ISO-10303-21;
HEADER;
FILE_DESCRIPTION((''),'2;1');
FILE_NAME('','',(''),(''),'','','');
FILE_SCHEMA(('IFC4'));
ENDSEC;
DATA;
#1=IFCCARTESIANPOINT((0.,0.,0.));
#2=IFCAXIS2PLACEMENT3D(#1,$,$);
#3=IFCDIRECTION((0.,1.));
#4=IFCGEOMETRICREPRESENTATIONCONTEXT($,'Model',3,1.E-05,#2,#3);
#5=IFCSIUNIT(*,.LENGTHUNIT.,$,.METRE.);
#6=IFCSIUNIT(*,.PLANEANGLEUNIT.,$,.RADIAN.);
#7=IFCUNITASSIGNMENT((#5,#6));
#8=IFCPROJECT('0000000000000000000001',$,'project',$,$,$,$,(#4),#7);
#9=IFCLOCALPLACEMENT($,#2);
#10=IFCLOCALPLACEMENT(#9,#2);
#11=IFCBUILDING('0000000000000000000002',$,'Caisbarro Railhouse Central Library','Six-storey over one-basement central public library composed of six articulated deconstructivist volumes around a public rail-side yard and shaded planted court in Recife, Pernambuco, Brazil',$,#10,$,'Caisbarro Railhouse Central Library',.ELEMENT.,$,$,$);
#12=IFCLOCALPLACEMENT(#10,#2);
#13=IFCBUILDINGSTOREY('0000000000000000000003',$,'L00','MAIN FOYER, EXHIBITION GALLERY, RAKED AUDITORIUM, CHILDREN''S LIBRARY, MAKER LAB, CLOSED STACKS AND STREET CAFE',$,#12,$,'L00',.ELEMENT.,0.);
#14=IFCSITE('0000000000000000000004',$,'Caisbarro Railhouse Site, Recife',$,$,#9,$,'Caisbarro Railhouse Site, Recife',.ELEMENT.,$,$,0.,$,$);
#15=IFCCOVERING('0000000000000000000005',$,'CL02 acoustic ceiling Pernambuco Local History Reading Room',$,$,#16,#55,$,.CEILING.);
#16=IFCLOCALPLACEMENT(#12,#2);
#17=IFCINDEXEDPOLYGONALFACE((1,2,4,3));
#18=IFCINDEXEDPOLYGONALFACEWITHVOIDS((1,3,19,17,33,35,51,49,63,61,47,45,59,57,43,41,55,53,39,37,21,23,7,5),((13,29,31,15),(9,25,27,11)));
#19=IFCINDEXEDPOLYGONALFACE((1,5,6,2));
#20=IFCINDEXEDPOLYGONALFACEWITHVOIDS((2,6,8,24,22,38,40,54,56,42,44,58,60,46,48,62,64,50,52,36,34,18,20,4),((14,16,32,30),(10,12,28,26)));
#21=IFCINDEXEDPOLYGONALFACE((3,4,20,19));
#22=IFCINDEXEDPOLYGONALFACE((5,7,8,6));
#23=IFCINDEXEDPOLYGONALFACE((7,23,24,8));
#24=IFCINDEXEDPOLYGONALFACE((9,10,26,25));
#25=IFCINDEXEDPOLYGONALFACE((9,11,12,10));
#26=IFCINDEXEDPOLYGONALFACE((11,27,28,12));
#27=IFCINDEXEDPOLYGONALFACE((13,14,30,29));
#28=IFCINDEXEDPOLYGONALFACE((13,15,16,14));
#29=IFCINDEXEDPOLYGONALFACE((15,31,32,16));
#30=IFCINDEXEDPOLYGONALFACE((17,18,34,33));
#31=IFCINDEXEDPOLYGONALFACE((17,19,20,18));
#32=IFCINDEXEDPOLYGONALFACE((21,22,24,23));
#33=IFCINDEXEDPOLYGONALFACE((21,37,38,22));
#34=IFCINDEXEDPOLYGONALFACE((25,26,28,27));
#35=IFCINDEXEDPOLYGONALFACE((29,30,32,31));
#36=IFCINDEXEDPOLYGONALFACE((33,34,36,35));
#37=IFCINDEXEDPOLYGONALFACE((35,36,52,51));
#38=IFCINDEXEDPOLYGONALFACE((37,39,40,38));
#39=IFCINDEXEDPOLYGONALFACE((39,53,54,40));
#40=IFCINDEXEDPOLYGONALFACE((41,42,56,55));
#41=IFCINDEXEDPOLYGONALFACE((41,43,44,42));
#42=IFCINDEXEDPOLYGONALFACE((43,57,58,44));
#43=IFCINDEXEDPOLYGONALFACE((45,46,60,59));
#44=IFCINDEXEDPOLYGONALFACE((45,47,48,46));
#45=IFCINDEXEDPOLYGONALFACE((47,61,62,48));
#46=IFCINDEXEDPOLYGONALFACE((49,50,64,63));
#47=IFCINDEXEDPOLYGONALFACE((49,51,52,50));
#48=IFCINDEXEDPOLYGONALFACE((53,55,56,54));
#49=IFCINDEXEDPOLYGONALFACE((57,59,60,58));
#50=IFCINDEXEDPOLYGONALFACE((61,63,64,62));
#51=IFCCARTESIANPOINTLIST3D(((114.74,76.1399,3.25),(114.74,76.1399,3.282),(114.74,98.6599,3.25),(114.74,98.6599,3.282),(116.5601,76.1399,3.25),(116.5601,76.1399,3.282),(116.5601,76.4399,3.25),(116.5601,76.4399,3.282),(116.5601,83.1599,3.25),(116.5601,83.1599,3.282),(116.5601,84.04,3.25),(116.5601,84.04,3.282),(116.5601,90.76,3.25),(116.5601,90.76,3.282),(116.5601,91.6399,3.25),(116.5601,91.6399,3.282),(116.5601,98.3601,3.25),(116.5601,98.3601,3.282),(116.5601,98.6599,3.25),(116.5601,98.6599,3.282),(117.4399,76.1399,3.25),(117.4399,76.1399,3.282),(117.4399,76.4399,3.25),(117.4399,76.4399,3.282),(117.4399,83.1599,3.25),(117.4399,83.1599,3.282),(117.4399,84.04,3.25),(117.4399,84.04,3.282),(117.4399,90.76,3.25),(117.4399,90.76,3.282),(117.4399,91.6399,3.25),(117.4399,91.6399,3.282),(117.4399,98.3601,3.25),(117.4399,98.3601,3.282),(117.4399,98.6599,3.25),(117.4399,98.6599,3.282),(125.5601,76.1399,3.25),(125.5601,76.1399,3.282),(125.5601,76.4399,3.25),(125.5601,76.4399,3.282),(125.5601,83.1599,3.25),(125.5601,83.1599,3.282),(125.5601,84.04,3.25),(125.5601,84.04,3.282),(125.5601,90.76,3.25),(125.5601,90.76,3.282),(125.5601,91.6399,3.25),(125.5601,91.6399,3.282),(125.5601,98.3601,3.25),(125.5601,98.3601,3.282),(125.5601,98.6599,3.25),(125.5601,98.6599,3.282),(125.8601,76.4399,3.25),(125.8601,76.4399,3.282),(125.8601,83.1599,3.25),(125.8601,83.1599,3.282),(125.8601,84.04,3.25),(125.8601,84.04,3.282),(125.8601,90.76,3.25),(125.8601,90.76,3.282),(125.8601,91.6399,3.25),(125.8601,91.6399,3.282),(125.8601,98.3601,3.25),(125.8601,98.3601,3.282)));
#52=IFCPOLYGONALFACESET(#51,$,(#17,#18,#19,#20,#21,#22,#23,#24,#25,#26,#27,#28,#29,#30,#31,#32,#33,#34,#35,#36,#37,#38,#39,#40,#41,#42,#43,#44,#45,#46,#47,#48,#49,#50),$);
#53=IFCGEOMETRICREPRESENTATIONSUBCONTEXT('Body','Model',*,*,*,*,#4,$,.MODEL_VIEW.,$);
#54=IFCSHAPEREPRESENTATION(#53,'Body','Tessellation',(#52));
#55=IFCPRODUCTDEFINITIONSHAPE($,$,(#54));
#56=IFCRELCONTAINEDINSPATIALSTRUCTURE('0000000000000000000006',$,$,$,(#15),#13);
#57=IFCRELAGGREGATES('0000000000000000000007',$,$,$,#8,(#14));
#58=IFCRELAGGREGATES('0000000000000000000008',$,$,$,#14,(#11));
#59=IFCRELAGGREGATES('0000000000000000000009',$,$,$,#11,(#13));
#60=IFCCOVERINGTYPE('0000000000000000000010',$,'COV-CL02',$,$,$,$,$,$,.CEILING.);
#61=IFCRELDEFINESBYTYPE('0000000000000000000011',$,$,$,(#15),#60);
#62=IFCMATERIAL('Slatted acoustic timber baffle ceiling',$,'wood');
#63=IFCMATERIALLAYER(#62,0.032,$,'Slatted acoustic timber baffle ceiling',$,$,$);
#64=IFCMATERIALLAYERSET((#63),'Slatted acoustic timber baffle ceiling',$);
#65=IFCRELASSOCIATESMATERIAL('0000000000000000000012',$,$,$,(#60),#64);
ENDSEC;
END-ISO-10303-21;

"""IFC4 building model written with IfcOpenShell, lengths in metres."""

from ifc_helpers import new_model, si_unit, direction, frame, origin, place, context, subcontext, project, spatial, polyline, outline, extrude, material, layer, layer_set, type_object, element, save


model = new_model("IFC4")

# Units and contexts
model_context = context("Model", 3, precision=1e-05, world=origin(), true_north=direction((0.0, 1.0)))
body_context = subcontext(model_context, "Body", "Model", "MODEL_VIEW")
ifc_project = project(units=[si_unit("LENGTHUNIT", "METRE"), si_unit("PLANEANGLEUNIT", "RADIAN")], contexts=[model_context])

# Site, building, storey
site_placement = place(None, origin())
site = spatial("IfcSite", under=ifc_project, at=site_placement, Name="Caisbarro Railhouse Site, Recife", LongName="Caisbarro Railhouse Site, Recife", CompositionType="ELEMENT", RefElevation=0.0)
building_placement = place(site_placement, origin())
building = spatial("IfcBuilding", under=site, at=building_placement, Name="Caisbarro Railhouse Central Library", Description="Six-storey over one-basement central public library composed of six articulated deconstructivist volumes around a public rail-side yard and shaded planted court in Recife, Pernambuco, Brazil", LongName="Caisbarro Railhouse Central Library", CompositionType="ELEMENT")
storey_placement = place(building_placement, origin())
storey = spatial("IfcBuildingStorey", under=building, at=storey_placement, Name="L00", Description="MAIN FOYER, EXHIBITION GALLERY, RAKED AUDITORIUM, CHILDREN'S LIBRARY, MAKER LAB, CLOSED STACKS AND STREET CAFE", LongName="L00", CompositionType="ELEMENT", Elevation=0.0)

# Covering
ifc_material_1 = material(Name="Slatted acoustic timber baffle ceiling", Category="wood")
ifc_layer_1 = layer(ifc_material_1, 0.032, Name="Slatted acoustic timber baffle ceiling")
ifc_layer_set_1 = layer_set([ifc_layer_1], Name="Slatted acoustic timber baffle ceiling")
covering_type_1 = type_object("IfcCoveringType", Name="COV-CL02", PredefinedType="CEILING", material=ifc_layer_set_1)
covering_1_placement = place(storey_placement, frame((0.0, 0.0, 3.25)))
element("IfcCovering", 1, at=covering_1_placement, inside=storey, type_object=covering_type_1, Name="CL02 acoustic ceiling Pernambuco Local History Reading Room", PredefinedType="CEILING", context=body_context, shape_type="SweptSolid", body=[
    extrude(outline(polyline([(114.74, 76.1399), (114.74, 98.6599), (116.5601, 98.6599), (116.5601, 98.3601), (117.4399, 98.3601), (117.4399, 98.6599), (125.5601, 98.6599), (125.5601, 98.3601), (125.8601, 98.3601), (125.8601, 91.6399), (125.5601, 91.6399), (125.5601, 90.76), (125.8601, 90.76), (125.8601, 84.04), (125.5601, 84.04), (125.5601, 83.1599), (125.8601, 83.1599), (125.8601, 76.4399), (125.5601, 76.4399), (125.5601, 76.1399), (117.4399, 76.1399), (117.4399, 76.4399), (116.5601, 76.4399), (116.5601, 76.1399), (114.74, 76.1399)]), holes=[polyline([(116.5601, 83.1599), (117.4399, 83.1599), (117.4399, 84.04), (116.5601, 84.04), (116.5601, 83.1599)]), polyline([(116.5601, 91.6399), (116.5601, 90.76), (117.4399, 90.76), (117.4399, 91.6399), (116.5601, 91.6399)])]), origin(), (0.0, 0.0, 1.0), 0.032),
])

save(model, "model.ifc")
